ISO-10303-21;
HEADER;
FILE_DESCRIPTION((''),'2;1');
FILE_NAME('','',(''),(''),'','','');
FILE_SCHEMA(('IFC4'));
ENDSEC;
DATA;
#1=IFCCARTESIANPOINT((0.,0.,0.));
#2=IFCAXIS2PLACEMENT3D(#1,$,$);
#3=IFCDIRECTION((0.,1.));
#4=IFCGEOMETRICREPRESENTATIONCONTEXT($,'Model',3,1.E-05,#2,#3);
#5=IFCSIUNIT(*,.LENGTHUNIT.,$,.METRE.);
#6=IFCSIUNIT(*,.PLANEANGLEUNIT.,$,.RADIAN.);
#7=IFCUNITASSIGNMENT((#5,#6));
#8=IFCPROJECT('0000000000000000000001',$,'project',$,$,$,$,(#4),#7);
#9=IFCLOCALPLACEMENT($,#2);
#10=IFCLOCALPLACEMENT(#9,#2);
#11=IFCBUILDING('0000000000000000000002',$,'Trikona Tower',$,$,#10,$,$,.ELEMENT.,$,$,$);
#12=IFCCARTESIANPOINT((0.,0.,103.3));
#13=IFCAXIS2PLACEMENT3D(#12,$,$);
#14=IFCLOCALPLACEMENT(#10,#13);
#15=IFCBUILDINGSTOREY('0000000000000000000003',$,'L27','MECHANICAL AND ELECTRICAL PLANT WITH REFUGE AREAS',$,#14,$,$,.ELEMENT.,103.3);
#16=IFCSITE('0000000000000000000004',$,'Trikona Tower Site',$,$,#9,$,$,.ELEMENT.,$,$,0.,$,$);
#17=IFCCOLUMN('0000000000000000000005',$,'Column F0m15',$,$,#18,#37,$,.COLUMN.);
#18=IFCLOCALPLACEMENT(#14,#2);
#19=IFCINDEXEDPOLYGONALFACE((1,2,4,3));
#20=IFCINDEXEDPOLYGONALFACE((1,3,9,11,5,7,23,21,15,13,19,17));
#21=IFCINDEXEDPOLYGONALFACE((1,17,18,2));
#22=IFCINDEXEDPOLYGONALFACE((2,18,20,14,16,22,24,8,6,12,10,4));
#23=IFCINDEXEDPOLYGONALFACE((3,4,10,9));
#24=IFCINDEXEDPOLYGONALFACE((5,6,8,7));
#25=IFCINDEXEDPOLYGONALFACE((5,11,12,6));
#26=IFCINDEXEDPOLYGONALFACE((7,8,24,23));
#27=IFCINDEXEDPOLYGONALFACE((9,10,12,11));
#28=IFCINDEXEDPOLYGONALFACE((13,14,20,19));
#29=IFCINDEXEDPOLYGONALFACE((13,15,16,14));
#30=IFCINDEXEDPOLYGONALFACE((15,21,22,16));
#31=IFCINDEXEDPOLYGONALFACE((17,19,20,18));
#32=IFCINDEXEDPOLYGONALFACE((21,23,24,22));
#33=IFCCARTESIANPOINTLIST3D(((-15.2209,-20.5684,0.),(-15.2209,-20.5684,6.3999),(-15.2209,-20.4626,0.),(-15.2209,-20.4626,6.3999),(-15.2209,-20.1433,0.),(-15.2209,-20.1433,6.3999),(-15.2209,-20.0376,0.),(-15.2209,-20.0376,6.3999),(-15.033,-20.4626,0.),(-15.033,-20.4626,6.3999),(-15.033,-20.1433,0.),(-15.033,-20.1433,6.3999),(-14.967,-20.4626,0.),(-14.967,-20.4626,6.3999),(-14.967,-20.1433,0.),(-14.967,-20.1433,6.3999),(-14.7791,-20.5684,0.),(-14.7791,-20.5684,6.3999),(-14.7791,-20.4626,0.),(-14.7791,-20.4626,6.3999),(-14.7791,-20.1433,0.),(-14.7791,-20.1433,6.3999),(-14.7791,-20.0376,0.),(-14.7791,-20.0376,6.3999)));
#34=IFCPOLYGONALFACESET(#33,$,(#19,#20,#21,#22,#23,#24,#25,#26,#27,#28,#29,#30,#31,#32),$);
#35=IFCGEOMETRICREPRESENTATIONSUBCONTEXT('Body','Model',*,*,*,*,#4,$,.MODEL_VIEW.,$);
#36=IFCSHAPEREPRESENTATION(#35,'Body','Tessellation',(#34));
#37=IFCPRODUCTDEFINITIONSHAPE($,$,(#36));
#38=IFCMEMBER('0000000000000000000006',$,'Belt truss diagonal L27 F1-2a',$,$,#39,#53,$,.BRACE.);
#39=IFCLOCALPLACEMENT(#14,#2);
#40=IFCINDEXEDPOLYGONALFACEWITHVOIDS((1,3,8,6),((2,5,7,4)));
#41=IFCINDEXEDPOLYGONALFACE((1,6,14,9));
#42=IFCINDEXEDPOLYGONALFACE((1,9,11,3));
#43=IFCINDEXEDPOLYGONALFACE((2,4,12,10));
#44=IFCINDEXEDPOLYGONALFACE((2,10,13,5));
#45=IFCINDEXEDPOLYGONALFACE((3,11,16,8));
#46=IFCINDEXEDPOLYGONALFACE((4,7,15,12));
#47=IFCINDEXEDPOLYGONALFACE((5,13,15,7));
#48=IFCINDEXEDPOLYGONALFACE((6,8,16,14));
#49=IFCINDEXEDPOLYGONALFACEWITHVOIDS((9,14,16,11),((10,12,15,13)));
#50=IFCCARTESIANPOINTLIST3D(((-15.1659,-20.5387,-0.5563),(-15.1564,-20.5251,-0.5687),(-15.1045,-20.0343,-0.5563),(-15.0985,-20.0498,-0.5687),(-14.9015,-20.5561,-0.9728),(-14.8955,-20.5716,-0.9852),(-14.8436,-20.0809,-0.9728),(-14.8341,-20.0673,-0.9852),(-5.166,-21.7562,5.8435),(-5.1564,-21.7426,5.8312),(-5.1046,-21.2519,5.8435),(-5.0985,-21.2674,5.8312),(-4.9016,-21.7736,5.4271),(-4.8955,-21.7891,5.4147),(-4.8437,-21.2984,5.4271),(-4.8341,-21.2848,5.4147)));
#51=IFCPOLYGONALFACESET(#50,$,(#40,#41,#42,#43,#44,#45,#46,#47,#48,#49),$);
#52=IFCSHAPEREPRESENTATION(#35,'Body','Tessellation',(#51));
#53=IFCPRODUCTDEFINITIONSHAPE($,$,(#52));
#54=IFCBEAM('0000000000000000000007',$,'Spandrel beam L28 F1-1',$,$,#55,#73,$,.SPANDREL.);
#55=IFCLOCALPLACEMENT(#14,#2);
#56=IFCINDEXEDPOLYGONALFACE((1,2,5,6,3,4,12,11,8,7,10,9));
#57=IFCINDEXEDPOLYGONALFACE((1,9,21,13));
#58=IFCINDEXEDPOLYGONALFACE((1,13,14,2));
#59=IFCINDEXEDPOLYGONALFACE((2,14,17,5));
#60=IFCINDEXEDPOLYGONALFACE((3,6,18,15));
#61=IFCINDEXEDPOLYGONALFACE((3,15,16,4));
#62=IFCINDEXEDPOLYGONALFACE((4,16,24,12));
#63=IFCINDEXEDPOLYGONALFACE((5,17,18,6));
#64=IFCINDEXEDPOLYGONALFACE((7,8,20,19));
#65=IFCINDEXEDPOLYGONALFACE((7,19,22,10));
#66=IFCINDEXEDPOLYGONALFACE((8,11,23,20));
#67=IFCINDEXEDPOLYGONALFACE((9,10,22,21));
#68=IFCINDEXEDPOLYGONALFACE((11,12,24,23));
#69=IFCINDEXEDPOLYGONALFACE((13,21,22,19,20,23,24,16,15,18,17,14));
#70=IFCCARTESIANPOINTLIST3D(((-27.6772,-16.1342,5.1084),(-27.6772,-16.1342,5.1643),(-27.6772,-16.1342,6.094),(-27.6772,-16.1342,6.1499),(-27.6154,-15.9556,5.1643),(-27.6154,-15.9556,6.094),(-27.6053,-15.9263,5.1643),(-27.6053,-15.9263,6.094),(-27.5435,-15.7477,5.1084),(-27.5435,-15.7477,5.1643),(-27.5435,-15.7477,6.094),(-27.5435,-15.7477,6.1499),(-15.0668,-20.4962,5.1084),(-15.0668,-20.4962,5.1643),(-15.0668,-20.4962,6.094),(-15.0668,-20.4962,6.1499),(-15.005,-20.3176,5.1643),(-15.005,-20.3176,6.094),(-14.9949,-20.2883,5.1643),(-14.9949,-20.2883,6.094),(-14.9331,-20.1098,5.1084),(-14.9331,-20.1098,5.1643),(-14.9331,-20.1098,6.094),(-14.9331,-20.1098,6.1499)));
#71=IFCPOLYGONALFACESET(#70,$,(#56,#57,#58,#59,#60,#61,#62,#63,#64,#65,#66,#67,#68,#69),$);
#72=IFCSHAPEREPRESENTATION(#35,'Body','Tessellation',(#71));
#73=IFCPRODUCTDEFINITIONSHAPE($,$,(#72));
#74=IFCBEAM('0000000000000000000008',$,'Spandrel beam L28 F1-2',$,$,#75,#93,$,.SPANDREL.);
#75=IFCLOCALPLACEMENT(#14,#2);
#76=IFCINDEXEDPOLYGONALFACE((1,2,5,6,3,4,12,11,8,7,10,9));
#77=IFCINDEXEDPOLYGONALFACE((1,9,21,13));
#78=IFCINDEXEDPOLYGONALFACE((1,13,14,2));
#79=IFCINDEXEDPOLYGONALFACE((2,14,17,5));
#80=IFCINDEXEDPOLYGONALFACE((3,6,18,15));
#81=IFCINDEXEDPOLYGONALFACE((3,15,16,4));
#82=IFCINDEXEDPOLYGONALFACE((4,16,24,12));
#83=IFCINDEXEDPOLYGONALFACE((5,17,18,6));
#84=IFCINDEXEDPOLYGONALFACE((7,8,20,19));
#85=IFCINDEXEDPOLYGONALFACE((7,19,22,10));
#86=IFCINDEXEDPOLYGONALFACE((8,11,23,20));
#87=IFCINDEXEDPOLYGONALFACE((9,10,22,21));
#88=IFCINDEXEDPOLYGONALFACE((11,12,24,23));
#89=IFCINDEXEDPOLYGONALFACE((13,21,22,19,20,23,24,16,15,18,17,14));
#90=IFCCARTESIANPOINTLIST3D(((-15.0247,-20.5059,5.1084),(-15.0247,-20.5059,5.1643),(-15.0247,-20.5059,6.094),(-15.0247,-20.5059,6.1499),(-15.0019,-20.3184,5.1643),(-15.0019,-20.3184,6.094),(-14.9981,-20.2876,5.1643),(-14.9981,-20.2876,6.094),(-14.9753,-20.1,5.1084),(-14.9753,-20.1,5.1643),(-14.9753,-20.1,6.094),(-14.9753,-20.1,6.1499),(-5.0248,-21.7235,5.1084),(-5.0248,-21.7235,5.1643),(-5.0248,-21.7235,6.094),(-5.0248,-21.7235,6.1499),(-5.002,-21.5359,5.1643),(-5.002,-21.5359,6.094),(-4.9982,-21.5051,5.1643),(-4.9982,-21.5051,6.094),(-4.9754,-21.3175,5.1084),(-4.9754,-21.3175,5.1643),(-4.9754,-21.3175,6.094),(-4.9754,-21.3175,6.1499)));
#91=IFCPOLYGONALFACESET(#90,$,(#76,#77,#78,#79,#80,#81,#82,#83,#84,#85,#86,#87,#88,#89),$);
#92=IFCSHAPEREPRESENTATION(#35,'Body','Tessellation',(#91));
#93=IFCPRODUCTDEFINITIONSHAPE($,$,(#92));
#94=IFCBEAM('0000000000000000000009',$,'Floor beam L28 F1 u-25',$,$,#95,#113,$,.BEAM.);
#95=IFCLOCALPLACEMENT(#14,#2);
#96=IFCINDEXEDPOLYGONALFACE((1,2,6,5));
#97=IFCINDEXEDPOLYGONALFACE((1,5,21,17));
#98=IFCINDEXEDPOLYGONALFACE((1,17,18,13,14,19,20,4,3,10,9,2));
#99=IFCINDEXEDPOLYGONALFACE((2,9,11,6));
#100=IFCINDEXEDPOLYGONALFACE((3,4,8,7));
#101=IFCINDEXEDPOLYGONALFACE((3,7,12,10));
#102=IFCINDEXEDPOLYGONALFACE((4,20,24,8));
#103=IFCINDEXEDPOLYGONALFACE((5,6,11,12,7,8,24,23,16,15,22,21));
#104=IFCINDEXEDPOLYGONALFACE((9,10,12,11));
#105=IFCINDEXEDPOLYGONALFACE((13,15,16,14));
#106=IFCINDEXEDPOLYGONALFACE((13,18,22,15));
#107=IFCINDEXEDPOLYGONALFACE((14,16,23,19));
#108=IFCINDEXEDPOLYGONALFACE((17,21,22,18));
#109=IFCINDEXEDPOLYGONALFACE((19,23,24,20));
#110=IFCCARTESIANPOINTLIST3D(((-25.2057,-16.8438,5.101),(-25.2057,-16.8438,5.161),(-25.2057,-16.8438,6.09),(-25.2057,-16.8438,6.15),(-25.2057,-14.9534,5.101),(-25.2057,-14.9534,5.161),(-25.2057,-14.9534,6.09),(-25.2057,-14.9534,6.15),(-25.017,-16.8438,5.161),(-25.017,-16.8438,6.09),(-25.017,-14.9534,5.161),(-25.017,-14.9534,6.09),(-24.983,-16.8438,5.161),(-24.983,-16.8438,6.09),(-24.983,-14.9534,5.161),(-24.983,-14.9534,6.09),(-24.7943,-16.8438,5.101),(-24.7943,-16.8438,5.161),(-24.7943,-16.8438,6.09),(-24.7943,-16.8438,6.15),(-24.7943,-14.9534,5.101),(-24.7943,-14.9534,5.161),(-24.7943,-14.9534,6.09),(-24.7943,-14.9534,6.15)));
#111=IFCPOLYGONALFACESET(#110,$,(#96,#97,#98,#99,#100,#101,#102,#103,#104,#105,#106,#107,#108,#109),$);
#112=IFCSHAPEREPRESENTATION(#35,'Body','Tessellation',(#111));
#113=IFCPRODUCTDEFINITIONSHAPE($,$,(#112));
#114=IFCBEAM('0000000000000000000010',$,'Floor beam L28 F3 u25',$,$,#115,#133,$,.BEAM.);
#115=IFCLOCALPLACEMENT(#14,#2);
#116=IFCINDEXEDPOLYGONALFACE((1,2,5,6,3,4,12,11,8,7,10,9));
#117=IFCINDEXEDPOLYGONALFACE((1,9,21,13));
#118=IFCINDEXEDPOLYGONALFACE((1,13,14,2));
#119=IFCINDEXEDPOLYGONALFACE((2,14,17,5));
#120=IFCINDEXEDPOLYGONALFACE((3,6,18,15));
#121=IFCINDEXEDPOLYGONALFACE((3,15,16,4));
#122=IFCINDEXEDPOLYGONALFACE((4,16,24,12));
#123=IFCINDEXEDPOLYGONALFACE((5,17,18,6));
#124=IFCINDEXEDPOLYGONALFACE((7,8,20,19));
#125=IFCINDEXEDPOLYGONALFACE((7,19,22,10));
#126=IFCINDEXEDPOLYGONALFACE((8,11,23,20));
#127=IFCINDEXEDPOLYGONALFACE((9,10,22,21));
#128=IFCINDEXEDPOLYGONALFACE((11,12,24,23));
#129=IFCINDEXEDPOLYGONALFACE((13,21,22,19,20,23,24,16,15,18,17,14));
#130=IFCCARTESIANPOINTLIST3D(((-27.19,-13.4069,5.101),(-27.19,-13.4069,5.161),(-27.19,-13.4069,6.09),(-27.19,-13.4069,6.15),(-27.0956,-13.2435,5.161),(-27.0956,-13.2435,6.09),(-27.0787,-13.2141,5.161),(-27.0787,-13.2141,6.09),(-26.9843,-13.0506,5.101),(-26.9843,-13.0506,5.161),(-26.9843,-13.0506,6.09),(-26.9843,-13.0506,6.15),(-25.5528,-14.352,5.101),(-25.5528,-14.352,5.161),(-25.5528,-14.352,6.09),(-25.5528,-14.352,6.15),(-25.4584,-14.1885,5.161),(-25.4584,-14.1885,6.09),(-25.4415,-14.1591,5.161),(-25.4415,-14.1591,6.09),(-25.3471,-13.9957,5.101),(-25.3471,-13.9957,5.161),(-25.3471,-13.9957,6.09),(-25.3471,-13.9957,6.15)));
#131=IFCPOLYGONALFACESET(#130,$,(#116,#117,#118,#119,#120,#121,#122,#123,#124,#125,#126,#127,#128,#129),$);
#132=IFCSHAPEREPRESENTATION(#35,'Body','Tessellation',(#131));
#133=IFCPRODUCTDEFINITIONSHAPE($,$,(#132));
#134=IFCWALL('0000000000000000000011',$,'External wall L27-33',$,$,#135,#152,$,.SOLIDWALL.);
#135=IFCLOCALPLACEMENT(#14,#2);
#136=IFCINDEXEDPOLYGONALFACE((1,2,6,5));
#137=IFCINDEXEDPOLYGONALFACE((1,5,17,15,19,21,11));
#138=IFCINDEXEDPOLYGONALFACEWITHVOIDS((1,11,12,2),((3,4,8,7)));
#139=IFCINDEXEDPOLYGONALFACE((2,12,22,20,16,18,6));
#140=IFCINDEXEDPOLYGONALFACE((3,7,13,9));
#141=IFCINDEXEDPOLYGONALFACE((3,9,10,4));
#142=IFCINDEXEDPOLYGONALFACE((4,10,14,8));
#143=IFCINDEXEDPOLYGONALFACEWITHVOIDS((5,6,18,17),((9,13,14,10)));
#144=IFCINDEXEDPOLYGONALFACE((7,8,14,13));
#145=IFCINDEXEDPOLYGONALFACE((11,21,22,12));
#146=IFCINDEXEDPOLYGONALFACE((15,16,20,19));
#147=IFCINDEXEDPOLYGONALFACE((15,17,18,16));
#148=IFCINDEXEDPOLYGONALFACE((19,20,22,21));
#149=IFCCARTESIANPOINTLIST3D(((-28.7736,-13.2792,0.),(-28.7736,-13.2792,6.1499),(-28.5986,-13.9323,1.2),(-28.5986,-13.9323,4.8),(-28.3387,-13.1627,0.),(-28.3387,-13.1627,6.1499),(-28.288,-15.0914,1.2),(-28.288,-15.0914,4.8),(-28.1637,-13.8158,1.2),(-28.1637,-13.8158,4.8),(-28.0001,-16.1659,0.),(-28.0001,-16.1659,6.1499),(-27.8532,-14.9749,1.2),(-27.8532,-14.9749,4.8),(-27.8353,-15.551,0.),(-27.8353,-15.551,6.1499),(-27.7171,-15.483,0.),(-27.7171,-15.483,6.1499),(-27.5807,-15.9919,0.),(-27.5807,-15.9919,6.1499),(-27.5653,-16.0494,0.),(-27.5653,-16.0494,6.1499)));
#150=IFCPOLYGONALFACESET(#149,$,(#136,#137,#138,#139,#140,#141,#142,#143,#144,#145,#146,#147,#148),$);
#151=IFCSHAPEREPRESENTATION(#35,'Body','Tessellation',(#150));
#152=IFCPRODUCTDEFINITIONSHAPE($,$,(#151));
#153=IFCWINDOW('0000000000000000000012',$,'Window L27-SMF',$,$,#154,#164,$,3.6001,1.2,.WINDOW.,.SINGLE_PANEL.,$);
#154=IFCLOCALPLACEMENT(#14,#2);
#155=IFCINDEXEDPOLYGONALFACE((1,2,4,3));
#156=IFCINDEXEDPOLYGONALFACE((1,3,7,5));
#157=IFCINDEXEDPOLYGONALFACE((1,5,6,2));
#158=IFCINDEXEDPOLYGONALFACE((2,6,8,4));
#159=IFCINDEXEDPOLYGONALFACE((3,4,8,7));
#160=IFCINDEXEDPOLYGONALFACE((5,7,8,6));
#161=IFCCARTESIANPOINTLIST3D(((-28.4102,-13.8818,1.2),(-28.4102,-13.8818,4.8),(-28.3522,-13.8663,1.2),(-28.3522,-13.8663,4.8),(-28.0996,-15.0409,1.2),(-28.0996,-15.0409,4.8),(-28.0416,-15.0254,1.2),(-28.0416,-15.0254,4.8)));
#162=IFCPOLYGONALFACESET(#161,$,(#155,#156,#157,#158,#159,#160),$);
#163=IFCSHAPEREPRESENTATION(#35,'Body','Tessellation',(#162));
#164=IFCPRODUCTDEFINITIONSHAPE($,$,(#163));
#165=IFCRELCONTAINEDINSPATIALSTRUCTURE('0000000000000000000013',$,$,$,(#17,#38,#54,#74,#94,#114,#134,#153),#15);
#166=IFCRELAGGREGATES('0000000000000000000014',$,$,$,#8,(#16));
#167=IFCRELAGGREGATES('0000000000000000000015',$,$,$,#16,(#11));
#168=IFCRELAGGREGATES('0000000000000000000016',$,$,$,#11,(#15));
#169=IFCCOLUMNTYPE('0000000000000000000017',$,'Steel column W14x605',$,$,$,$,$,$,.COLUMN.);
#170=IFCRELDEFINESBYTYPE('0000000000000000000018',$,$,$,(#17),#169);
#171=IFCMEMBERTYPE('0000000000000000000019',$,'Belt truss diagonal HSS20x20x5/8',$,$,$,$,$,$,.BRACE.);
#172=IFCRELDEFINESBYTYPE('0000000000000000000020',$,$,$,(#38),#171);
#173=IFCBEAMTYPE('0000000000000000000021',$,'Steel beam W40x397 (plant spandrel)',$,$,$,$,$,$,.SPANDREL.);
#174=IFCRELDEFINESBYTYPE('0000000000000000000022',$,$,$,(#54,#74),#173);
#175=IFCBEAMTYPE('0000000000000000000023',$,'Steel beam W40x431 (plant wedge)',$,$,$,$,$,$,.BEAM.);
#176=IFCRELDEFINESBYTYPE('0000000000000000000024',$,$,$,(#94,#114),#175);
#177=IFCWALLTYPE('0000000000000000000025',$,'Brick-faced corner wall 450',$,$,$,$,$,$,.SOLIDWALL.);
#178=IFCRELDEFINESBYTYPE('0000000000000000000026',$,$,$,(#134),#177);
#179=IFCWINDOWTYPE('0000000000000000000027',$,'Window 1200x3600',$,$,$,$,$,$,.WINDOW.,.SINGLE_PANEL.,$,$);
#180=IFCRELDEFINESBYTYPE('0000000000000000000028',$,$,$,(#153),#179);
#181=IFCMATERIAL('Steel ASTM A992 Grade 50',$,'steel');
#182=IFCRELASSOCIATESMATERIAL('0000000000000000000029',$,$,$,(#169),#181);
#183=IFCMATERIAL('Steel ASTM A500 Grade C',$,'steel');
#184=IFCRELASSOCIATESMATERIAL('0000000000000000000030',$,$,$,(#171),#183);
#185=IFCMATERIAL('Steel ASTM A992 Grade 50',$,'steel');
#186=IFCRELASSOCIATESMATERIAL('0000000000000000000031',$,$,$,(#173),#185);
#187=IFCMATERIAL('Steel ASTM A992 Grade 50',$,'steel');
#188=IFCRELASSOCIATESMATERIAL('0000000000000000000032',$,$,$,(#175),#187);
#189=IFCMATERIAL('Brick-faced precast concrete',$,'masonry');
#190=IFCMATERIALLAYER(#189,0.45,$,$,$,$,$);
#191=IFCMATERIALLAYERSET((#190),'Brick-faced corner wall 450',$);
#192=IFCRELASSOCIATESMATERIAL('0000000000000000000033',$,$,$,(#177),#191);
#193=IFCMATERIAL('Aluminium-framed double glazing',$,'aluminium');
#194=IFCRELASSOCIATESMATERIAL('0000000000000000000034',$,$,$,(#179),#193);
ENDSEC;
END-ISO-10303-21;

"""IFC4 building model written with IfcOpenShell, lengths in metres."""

from ifc_helpers import new_model, si_unit, direction, frame, frame_2d, origin, origin_2d, place, context, subcontext, project, spatial, polyline, rectangle, hollow_rectangle, i_section, outline, extrude, material, layer, layer_set, material_profile, profile_set, type_object, element, fill, save


model = new_model("IFC4")

# Units and contexts
model_context = context("Model", 3, precision=1e-05, world=origin(), true_north=direction((0.0, 1.0)))
body_context = subcontext(model_context, "Body", "Model", "MODEL_VIEW")
ifc_project = project(units=[si_unit("LENGTHUNIT", "METRE"), si_unit("PLANEANGLEUNIT", "RADIAN")], contexts=[model_context])

# Site, building, storey
site_placement = place(None, origin())
site = spatial("IfcSite", under=ifc_project, at=site_placement, Name="Trikona Tower Site", CompositionType="ELEMENT", RefElevation=0.0)
building_placement = place(site_placement, origin())
building = spatial("IfcBuilding", under=site, at=building_placement, Name="Trikona Tower", CompositionType="ELEMENT")
storey_placement = place(building_placement, frame((0.0, 0.0, 103.3)))
storey = spatial("IfcBuildingStorey", under=building, at=storey_placement, Name="L27", Description="MECHANICAL AND ELECTRICAL PLANT WITH REFUGE AREAS", CompositionType="ELEMENT", Elevation=103.3)

# Column
ifc_material_1 = material(Name="Steel ASTM A992 Grade 50", Category="steel")
ifc_material_profile_1 = material_profile(ifc_material_1, i_section(OverallWidth=0.4419, OverallDepth=0.5308, WebThickness=0.0659, FlangeThickness=0.1057, at=origin_2d()), Name="W14X605")
ifc_profile_set_1 = profile_set([ifc_material_profile_1], Name="Steel ASTM A992 Grade 50")
column_type = type_object("IfcColumnType", Name="Steel column W14x605", PredefinedType="COLUMN", material=ifc_profile_set_1)
column_placement = place(storey_placement, frame((-15.0, -20.303, 0.0), z_axis=(0.0, 0.0, 1.0), x_axis=(1.0, 0.0, 0.0)))
element("IfcColumn", 1, at=column_placement, inside=storey, type_object=column_type, Name="Column F0m15", PredefinedType="COLUMN", context=body_context, shape_type="SweptSolid", body=[
    extrude(i_section(OverallWidth=0.4419, OverallDepth=0.5308, WebThickness=0.0659, FlangeThickness=0.1057, at=origin_2d()), origin(), (0.0, 0.0, 1.0), 6.3999),
])

# Member
ifc_material_2 = material(Name="Steel ASTM A500 Grade C", Category="steel")
ifc_material_profile_2 = material_profile(ifc_material_2, hollow_rectangle(XDim=0.5081, YDim=0.5081, WallThickness=0.0146, at=origin_2d()), Name="HSS20X20X5/8")
ifc_profile_set_2 = profile_set([ifc_material_profile_2], Name="Steel ASTM A500 Grade C")
member_type = type_object("IfcMemberType", Name="Belt truss diagonal HSS20x20x5/8", PredefinedType="BRACE", material=ifc_profile_set_2)
member_placement = place(storey_placement, frame((-15.0, -20.303, -0.7708), z_axis=(0.837881, -0.102014, 0.536236), x_axis=(0.12086, 0.99267, 0.0)))
element("IfcMember", 2, at=member_placement, inside=storey, type_object=member_type, Name="Belt truss diagonal L27 F1-2a", PredefinedType="BRACE", context=body_context, shape_type="SweptSolid", body=[
    extrude(hollow_rectangle(XDim=0.5081, YDim=0.5081, WallThickness=0.0146, at=origin_2d()), origin(), (0.0, 0.0, 1.0), 11.9348),
])

# Beams
ifc_material_3 = material(Name="Steel ASTM A992 Grade 50", Category="steel")
ifc_material_profile_3 = material_profile(ifc_material_3, i_section(OverallWidth=0.4089, OverallDepth=1.0415, WebThickness=0.031, FlangeThickness=0.0559, at=origin_2d()), Name="W40X397")
ifc_profile_set_3 = profile_set([ifc_material_profile_3], Name="Steel ASTM A992 Grade 50")
beam_type_1 = type_object("IfcBeamType", Name="Steel beam W40x397 (plant spandrel)", PredefinedType="SPANDREL", material=ifc_profile_set_3)
beam_1_placement = place(storey_placement, frame((-27.6104, -15.9409, 5.6292), z_axis=(0.945057, -0.326906, 0.0), x_axis=(0.326906, 0.945057, 0.0)))
element("IfcBeam", 3, at=beam_1_placement, inside=storey, type_object=beam_type_1, Name="Spandrel beam L28 F1-1", PredefinedType="SPANDREL", context=body_context, shape_type="SweptSolid", body=[
    extrude(i_section(OverallWidth=0.4089, OverallDepth=1.0415, WebThickness=0.031, FlangeThickness=0.0559, at=origin_2d()), origin(), (0.0, 0.0, 1.0), 13.3435),
])
beam_2_placement = place(storey_placement, frame((-15.0, -20.303, 5.6292), z_axis=(0.99267, -0.12086, 0.0), x_axis=(0.12086, 0.99267, 0.0)))
element("IfcBeam", 4, at=beam_2_placement, inside=storey, type_object=beam_type_1, Name="Spandrel beam L28 F1-2", PredefinedType="SPANDREL", context=body_context, shape_type="SweptSolid", body=[
    extrude(i_section(OverallWidth=0.4089, OverallDepth=1.0415, WebThickness=0.031, FlangeThickness=0.0559, at=origin_2d()), origin(), (0.0, 0.0, 1.0), 10.0737),
])
ifc_material_4 = material(Name="Steel ASTM A992 Grade 50", Category="steel")
ifc_material_profile_4 = material_profile(ifc_material_4, i_section(OverallWidth=0.4114, OverallDepth=1.0491, WebThickness=0.0339, FlangeThickness=0.0601, at=origin_2d()), Name="W40X431")
ifc_profile_set_4 = profile_set([ifc_material_profile_4], Name="Steel ASTM A992 Grade 50")
beam_type_2 = type_object("IfcBeamType", Name="Steel beam W40x431 (plant wedge)", PredefinedType="BEAM", material=ifc_profile_set_4)
for number, where, z_axis, x_axis, name in (
    (5, (-25.0, -14.9534, 5.6255), (0.0, -1.0, 0.0), (1.0, 0.0, 0.0), "Floor beam L28 F1 u-25"),
    (6, (-25.45, -14.1738, 5.6255), (-0.866065, 0.499931, 0.0), (-0.499931, -0.866065, 0.0), "Floor beam L28 F3 u25"),
):
    element("IfcBeam", number, at=place(storey_placement, frame(where, z_axis=z_axis, x_axis=x_axis)), inside=storey, type_object=beam_type_2, Name=name, PredefinedType="BEAM", context=body_context, shape_type="SweptSolid", body=[
        extrude(i_section(OverallWidth=0.4114, OverallDepth=1.0491, WebThickness=0.0339, FlangeThickness=0.0601, at=origin_2d()), origin(), (0.0, 0.0, 1.0), 1.8904),
    ])

# Wall, opening, window
ifc_material_5 = material(Name="Brick-faced precast concrete", Category="masonry")
ifc_layer_1 = layer(ifc_material_5, 0.45)
ifc_layer_set_1 = layer_set([ifc_layer_1], Name="Brick-faced corner wall 450")
wall_type_1 = type_object("IfcWallType", Name="Brick-faced corner wall 450", PredefinedType="SOLIDWALL", material=ifc_layer_set_1)
wall_1_placement = place(storey_placement, frame((-28.5562, -13.2209, 0.0), z_axis=(0.0, 0.0, 1.0), x_axis=(0.258801, -0.965931, 0.0)))
wall_1 = element("IfcWall", 7, at=wall_1_placement, inside=storey, type_object=wall_type_1, Name="External wall L27-33", PredefinedType="SOLIDWALL", context=body_context, shape_type="SweptSolid", body=[
    extrude(outline(polyline([(2.9885, 0.2251), (2.929, 0.2251), (2.4373, 0.0933), (2.4021, 0.2251), (0.0, 0.2251), (0.0, -0.2251), (2.9885, -0.2251), (2.9885, 0.2251)])), origin(), (0.0, 0.0, 1.0), 6.1499),
])
opening_1_placement = place(wall_1_placement, frame((0.676, 0.0, 1.2)))
opening_1 = element("IfcOpeningElement", 8, at=opening_1_placement, cuts=wall_1, PredefinedType="OPENING", context=body_context, shape_type="SweptSolid", body=[
    extrude(rectangle(XDim=1.2, YDim=3.6001, at=frame_2d((0.6001, 1.8))), frame((0.0, 0.2349, 0.0), z_axis=(0.0, -1.0, 0.0), x_axis=(1.0, 0.0, 0.0)), (0.0, 0.0, 1.0), 0.47),
])
ifc_material_6 = material(Name="Aluminium-framed double glazing", Category="aluminium")
window_type_1 = type_object("IfcWindowType", Name="Window 1200x3600", PartitioningType="SINGLE_PANEL", PredefinedType="WINDOW", material=ifc_material_6)
window_1_placement = place(opening_1_placement, origin())
window_1 = element("IfcWindow", 9, at=window_1_placement, inside=storey, type_object=window_type_1, Name="Window L27-SMF", OverallHeight=3.6001, OverallWidth=1.2, PartitioningType="SINGLE_PANEL", PredefinedType="WINDOW", context=body_context, shape_type="SweptSolid", body=[
    extrude(rectangle(XDim=1.2, YDim=3.6001, at=frame_2d((0.6001, 1.8))), frame((0.0, 0.03, 0.0), z_axis=(0.0, -1.0, 0.0), x_axis=(1.0, 0.0, 0.0)), (0.0, 0.0, 1.0), 0.0601),
])
fill(opening_1, window_1)

save(model, "model.ifc")
